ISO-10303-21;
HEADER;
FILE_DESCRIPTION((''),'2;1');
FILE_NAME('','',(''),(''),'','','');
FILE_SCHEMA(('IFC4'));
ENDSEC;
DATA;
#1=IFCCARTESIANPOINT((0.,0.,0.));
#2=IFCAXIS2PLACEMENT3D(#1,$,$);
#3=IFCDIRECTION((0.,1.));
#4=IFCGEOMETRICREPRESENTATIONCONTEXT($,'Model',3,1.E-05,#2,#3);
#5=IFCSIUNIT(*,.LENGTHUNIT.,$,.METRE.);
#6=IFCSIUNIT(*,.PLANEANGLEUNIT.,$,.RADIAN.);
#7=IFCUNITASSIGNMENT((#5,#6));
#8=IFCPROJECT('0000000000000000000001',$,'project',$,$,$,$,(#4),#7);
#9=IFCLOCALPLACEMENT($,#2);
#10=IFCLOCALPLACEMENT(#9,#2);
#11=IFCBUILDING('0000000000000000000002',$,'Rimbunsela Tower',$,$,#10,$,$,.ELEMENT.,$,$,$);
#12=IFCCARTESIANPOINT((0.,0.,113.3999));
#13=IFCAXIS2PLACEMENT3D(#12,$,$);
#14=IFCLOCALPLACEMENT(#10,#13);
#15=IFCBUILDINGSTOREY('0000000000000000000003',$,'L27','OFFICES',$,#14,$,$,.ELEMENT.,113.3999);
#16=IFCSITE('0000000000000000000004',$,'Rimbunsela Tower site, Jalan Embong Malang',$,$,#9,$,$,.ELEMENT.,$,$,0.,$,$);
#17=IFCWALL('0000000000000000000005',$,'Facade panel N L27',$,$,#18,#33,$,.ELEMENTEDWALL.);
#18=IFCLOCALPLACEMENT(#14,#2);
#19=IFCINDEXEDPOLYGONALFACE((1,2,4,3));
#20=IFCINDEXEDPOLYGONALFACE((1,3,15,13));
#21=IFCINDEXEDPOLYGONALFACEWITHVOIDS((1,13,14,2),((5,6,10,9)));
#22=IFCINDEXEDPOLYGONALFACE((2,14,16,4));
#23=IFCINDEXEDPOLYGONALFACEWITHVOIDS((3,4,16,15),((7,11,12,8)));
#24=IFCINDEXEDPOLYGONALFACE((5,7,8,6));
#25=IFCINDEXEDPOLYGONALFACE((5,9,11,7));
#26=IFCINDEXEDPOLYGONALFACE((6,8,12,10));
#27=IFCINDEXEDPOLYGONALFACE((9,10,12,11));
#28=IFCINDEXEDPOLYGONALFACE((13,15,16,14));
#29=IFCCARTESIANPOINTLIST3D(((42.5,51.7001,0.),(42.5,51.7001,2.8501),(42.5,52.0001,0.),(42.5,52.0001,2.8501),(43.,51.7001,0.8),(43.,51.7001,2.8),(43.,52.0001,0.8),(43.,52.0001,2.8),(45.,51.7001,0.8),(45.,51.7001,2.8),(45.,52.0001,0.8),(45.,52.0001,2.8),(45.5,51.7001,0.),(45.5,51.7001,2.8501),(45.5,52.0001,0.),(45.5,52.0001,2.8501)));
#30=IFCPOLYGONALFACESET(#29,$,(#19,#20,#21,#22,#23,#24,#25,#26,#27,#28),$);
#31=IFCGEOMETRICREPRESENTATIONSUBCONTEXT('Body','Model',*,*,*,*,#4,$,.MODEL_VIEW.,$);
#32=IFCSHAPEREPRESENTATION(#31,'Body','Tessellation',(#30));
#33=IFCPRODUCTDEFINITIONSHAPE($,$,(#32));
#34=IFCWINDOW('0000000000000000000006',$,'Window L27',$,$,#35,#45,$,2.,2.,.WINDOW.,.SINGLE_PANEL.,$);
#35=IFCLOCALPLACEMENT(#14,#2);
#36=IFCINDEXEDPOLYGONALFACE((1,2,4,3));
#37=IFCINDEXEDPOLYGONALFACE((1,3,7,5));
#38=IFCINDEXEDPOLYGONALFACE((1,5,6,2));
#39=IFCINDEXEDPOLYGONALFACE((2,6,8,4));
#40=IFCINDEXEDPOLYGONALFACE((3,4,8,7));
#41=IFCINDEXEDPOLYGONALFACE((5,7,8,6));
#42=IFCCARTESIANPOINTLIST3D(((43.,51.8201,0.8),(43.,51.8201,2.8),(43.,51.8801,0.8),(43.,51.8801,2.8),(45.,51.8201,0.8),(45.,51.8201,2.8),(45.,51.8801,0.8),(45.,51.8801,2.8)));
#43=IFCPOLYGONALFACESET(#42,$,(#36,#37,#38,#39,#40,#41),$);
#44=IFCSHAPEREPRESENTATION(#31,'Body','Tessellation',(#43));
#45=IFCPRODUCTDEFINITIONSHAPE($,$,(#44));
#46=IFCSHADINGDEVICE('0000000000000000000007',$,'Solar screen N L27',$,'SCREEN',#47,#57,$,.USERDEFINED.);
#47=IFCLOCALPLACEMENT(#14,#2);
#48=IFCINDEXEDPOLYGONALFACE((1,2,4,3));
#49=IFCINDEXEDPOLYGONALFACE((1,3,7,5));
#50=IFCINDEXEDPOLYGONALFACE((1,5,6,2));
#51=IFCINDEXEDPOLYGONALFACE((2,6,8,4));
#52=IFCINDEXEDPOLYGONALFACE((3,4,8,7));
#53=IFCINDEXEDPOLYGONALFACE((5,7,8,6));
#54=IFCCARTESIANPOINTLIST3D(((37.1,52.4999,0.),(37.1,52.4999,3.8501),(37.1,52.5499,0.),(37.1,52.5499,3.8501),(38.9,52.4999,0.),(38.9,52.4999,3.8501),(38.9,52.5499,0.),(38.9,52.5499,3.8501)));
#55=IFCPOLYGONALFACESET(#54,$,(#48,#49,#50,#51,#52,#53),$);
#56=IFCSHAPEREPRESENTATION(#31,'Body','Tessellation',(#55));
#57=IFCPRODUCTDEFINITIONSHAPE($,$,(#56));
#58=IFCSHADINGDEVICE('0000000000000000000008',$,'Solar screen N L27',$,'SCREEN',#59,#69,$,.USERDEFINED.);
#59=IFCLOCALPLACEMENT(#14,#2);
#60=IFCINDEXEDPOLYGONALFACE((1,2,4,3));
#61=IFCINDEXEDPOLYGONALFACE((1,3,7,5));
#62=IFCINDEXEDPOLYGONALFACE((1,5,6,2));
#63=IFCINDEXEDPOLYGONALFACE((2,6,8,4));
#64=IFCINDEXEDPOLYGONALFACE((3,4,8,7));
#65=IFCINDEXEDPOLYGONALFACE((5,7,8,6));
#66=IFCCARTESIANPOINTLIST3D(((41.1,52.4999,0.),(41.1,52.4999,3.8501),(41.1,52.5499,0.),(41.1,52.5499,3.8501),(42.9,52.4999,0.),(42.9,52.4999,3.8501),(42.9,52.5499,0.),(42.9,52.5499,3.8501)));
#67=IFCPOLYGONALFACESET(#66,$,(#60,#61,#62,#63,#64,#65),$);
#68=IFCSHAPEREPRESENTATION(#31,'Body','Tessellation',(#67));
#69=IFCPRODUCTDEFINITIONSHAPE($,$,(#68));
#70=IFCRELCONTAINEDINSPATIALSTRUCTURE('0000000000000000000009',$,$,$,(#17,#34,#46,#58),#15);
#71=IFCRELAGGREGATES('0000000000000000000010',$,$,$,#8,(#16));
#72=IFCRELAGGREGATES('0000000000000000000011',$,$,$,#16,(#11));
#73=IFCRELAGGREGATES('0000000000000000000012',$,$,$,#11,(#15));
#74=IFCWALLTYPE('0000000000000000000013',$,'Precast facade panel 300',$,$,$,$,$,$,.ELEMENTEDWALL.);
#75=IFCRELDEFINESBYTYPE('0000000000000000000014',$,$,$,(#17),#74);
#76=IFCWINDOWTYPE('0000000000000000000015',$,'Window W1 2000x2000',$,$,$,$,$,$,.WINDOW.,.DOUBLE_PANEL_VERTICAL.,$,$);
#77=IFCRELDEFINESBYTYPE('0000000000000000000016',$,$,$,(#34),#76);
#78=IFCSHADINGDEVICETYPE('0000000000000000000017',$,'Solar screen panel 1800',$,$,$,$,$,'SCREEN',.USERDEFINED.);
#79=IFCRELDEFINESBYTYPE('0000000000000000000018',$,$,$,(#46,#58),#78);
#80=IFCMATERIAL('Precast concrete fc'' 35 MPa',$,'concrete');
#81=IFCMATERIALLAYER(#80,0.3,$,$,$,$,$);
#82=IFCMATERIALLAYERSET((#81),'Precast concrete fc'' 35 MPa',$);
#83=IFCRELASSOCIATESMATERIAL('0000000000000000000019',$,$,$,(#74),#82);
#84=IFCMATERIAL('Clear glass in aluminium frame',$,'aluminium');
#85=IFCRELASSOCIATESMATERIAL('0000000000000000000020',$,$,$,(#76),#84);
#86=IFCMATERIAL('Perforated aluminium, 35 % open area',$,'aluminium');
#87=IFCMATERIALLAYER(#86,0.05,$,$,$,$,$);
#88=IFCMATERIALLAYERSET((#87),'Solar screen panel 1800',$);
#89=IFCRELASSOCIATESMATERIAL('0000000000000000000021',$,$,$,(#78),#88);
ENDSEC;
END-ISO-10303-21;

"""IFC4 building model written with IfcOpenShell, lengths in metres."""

from ifc_helpers import new_model, si_unit, direction, frame, frame_2d, origin, origin_2d, place, context, subcontext, project, spatial, rectangle, extrude, material, layer, layer_set, type_object, element, fill, save


model = new_model("IFC4")

# Units and contexts
model_context = context("Model", 3, precision=1e-05, world=origin(), true_north=direction((0.0, 1.0)))
body_context = subcontext(model_context, "Body", "Model", "MODEL_VIEW")
ifc_project = project(units=[si_unit("LENGTHUNIT", "METRE"), si_unit("PLANEANGLEUNIT", "RADIAN")], contexts=[model_context])

# Site, building, storey
site_placement = place(None, origin())
site = spatial("IfcSite", under=ifc_project, at=site_placement, Name="Rimbunsela Tower site, Jalan Embong Malang", CompositionType="ELEMENT", RefElevation=0.0)
building_placement = place(site_placement, origin())
building = spatial("IfcBuilding", under=site, at=building_placement, Name="Rimbunsela Tower", CompositionType="ELEMENT")
storey_placement = place(building_placement, frame((0.0, 0.0, 113.3999)))
storey = spatial("IfcBuildingStorey", under=building, at=storey_placement, Name="L27", Description="OFFICES", CompositionType="ELEMENT", Elevation=113.3999)

# Wall, opening, window
ifc_material_1 = material(Name="Precast concrete fc' 35 MPa", Category="concrete")
ifc_layer_1 = layer(ifc_material_1, 0.3)
ifc_layer_set_1 = layer_set([ifc_layer_1], Name="Precast concrete fc' 35 MPa")
wall_type_1 = type_object("IfcWallType", Name="Precast facade panel 300", PredefinedType="ELEMENTEDWALL", material=ifc_layer_set_1)
ifc_material_2 = material(Name="Clear glass in aluminium frame", Category="aluminium")
window_type = type_object("IfcWindowType", Name="Window W1 2000x2000", PartitioningType="DOUBLE_PANEL_VERTICAL", PredefinedType="WINDOW", material=ifc_material_2)
wall_1_placement = place(storey_placement, frame((45.5, 51.8501, 0.0), z_axis=(0.0, 0.0, 1.0), x_axis=(-1.0, 0.0, 0.0)))
wall_1 = element("IfcWall", 1, at=wall_1_placement, inside=storey, type_object=wall_type_1, Name="Facade panel N L27", PredefinedType="ELEMENTEDWALL", context=body_context, shape_type="SweptSolid", body=[
    extrude(rectangle(XDim=3.0, YDim=0.3, at=frame_2d((1.5, 0.0))), origin(), (0.0, 0.0, 1.0), 2.8501),
])
opening_1_placement = place(wall_1_placement, frame((0.5, 0.0, 0.8)))
opening_1 = element("IfcOpeningElement", 2, at=opening_1_placement, cuts=wall_1, PredefinedType="OPENING", context=body_context, shape_type="SweptSolid", body=[
    extrude(rectangle(XDim=2.0, YDim=2.0, at=frame_2d((1.0, 1.0))), frame((0.0, 0.1599, 0.0), z_axis=(0.0, -1.0, 0.0), x_axis=(1.0, 0.0, 0.0)), (0.0, 0.0, 1.0), 0.3201),
])
window_1_placement = place(opening_1_placement, origin())
window_1 = element("IfcWindow", 3, at=window_1_placement, inside=storey, type_object=window_type, Name="Window L27", OverallHeight=2.0, OverallWidth=2.0, PartitioningType="SINGLE_PANEL", PredefinedType="WINDOW", context=body_context, shape_type="SweptSolid", body=[
    extrude(rectangle(XDim=2.0, YDim=2.0, at=frame_2d((1.0, 1.0))), frame((0.0, 0.03, 0.0), z_axis=(0.0, -1.0, 0.0), x_axis=(1.0, 0.0, 0.0)), (0.0, 0.0, 1.0), 0.0601),
])
fill(opening_1, window_1)

# Shading devices
ifc_material_3 = material(Name="Perforated aluminium, 35 % open area", Category="aluminium")
ifc_layer_2 = layer(ifc_material_3, 0.05)
ifc_layer_set_2 = layer_set([ifc_layer_2], Name="Solar screen panel 1800")
shading_device_type = type_object("IfcShadingDeviceType", Name="Solar screen panel 1800", ElementType="SCREEN", PredefinedType="USERDEFINED", material=ifc_layer_set_2)
for number, where, z_axis, x_axis, name in (
    (4, (38.0, 52.5249, 0.0), (0.0, 0.0, 1.0), (1.0, 0.0, 0.0), "Solar screen N L27"),
    (5, (42.0, 52.5249, 0.0), (0.0, 0.0, 1.0), (1.0, 0.0, 0.0), "Solar screen N L27"),
):
    element("IfcShadingDevice", number, at=place(storey_placement, frame(where, z_axis=z_axis, x_axis=x_axis)), inside=storey, type_object=shading_device_type, Name=name, ObjectType="SCREEN", PredefinedType="USERDEFINED", context=body_context, shape_type="SweptSolid", body=[
        extrude(rectangle(XDim=1.8, YDim=0.05, at=origin_2d()), origin(), (0.0, 0.0, 1.0), 3.8501),
    ])

save(model, "model.ifc")
